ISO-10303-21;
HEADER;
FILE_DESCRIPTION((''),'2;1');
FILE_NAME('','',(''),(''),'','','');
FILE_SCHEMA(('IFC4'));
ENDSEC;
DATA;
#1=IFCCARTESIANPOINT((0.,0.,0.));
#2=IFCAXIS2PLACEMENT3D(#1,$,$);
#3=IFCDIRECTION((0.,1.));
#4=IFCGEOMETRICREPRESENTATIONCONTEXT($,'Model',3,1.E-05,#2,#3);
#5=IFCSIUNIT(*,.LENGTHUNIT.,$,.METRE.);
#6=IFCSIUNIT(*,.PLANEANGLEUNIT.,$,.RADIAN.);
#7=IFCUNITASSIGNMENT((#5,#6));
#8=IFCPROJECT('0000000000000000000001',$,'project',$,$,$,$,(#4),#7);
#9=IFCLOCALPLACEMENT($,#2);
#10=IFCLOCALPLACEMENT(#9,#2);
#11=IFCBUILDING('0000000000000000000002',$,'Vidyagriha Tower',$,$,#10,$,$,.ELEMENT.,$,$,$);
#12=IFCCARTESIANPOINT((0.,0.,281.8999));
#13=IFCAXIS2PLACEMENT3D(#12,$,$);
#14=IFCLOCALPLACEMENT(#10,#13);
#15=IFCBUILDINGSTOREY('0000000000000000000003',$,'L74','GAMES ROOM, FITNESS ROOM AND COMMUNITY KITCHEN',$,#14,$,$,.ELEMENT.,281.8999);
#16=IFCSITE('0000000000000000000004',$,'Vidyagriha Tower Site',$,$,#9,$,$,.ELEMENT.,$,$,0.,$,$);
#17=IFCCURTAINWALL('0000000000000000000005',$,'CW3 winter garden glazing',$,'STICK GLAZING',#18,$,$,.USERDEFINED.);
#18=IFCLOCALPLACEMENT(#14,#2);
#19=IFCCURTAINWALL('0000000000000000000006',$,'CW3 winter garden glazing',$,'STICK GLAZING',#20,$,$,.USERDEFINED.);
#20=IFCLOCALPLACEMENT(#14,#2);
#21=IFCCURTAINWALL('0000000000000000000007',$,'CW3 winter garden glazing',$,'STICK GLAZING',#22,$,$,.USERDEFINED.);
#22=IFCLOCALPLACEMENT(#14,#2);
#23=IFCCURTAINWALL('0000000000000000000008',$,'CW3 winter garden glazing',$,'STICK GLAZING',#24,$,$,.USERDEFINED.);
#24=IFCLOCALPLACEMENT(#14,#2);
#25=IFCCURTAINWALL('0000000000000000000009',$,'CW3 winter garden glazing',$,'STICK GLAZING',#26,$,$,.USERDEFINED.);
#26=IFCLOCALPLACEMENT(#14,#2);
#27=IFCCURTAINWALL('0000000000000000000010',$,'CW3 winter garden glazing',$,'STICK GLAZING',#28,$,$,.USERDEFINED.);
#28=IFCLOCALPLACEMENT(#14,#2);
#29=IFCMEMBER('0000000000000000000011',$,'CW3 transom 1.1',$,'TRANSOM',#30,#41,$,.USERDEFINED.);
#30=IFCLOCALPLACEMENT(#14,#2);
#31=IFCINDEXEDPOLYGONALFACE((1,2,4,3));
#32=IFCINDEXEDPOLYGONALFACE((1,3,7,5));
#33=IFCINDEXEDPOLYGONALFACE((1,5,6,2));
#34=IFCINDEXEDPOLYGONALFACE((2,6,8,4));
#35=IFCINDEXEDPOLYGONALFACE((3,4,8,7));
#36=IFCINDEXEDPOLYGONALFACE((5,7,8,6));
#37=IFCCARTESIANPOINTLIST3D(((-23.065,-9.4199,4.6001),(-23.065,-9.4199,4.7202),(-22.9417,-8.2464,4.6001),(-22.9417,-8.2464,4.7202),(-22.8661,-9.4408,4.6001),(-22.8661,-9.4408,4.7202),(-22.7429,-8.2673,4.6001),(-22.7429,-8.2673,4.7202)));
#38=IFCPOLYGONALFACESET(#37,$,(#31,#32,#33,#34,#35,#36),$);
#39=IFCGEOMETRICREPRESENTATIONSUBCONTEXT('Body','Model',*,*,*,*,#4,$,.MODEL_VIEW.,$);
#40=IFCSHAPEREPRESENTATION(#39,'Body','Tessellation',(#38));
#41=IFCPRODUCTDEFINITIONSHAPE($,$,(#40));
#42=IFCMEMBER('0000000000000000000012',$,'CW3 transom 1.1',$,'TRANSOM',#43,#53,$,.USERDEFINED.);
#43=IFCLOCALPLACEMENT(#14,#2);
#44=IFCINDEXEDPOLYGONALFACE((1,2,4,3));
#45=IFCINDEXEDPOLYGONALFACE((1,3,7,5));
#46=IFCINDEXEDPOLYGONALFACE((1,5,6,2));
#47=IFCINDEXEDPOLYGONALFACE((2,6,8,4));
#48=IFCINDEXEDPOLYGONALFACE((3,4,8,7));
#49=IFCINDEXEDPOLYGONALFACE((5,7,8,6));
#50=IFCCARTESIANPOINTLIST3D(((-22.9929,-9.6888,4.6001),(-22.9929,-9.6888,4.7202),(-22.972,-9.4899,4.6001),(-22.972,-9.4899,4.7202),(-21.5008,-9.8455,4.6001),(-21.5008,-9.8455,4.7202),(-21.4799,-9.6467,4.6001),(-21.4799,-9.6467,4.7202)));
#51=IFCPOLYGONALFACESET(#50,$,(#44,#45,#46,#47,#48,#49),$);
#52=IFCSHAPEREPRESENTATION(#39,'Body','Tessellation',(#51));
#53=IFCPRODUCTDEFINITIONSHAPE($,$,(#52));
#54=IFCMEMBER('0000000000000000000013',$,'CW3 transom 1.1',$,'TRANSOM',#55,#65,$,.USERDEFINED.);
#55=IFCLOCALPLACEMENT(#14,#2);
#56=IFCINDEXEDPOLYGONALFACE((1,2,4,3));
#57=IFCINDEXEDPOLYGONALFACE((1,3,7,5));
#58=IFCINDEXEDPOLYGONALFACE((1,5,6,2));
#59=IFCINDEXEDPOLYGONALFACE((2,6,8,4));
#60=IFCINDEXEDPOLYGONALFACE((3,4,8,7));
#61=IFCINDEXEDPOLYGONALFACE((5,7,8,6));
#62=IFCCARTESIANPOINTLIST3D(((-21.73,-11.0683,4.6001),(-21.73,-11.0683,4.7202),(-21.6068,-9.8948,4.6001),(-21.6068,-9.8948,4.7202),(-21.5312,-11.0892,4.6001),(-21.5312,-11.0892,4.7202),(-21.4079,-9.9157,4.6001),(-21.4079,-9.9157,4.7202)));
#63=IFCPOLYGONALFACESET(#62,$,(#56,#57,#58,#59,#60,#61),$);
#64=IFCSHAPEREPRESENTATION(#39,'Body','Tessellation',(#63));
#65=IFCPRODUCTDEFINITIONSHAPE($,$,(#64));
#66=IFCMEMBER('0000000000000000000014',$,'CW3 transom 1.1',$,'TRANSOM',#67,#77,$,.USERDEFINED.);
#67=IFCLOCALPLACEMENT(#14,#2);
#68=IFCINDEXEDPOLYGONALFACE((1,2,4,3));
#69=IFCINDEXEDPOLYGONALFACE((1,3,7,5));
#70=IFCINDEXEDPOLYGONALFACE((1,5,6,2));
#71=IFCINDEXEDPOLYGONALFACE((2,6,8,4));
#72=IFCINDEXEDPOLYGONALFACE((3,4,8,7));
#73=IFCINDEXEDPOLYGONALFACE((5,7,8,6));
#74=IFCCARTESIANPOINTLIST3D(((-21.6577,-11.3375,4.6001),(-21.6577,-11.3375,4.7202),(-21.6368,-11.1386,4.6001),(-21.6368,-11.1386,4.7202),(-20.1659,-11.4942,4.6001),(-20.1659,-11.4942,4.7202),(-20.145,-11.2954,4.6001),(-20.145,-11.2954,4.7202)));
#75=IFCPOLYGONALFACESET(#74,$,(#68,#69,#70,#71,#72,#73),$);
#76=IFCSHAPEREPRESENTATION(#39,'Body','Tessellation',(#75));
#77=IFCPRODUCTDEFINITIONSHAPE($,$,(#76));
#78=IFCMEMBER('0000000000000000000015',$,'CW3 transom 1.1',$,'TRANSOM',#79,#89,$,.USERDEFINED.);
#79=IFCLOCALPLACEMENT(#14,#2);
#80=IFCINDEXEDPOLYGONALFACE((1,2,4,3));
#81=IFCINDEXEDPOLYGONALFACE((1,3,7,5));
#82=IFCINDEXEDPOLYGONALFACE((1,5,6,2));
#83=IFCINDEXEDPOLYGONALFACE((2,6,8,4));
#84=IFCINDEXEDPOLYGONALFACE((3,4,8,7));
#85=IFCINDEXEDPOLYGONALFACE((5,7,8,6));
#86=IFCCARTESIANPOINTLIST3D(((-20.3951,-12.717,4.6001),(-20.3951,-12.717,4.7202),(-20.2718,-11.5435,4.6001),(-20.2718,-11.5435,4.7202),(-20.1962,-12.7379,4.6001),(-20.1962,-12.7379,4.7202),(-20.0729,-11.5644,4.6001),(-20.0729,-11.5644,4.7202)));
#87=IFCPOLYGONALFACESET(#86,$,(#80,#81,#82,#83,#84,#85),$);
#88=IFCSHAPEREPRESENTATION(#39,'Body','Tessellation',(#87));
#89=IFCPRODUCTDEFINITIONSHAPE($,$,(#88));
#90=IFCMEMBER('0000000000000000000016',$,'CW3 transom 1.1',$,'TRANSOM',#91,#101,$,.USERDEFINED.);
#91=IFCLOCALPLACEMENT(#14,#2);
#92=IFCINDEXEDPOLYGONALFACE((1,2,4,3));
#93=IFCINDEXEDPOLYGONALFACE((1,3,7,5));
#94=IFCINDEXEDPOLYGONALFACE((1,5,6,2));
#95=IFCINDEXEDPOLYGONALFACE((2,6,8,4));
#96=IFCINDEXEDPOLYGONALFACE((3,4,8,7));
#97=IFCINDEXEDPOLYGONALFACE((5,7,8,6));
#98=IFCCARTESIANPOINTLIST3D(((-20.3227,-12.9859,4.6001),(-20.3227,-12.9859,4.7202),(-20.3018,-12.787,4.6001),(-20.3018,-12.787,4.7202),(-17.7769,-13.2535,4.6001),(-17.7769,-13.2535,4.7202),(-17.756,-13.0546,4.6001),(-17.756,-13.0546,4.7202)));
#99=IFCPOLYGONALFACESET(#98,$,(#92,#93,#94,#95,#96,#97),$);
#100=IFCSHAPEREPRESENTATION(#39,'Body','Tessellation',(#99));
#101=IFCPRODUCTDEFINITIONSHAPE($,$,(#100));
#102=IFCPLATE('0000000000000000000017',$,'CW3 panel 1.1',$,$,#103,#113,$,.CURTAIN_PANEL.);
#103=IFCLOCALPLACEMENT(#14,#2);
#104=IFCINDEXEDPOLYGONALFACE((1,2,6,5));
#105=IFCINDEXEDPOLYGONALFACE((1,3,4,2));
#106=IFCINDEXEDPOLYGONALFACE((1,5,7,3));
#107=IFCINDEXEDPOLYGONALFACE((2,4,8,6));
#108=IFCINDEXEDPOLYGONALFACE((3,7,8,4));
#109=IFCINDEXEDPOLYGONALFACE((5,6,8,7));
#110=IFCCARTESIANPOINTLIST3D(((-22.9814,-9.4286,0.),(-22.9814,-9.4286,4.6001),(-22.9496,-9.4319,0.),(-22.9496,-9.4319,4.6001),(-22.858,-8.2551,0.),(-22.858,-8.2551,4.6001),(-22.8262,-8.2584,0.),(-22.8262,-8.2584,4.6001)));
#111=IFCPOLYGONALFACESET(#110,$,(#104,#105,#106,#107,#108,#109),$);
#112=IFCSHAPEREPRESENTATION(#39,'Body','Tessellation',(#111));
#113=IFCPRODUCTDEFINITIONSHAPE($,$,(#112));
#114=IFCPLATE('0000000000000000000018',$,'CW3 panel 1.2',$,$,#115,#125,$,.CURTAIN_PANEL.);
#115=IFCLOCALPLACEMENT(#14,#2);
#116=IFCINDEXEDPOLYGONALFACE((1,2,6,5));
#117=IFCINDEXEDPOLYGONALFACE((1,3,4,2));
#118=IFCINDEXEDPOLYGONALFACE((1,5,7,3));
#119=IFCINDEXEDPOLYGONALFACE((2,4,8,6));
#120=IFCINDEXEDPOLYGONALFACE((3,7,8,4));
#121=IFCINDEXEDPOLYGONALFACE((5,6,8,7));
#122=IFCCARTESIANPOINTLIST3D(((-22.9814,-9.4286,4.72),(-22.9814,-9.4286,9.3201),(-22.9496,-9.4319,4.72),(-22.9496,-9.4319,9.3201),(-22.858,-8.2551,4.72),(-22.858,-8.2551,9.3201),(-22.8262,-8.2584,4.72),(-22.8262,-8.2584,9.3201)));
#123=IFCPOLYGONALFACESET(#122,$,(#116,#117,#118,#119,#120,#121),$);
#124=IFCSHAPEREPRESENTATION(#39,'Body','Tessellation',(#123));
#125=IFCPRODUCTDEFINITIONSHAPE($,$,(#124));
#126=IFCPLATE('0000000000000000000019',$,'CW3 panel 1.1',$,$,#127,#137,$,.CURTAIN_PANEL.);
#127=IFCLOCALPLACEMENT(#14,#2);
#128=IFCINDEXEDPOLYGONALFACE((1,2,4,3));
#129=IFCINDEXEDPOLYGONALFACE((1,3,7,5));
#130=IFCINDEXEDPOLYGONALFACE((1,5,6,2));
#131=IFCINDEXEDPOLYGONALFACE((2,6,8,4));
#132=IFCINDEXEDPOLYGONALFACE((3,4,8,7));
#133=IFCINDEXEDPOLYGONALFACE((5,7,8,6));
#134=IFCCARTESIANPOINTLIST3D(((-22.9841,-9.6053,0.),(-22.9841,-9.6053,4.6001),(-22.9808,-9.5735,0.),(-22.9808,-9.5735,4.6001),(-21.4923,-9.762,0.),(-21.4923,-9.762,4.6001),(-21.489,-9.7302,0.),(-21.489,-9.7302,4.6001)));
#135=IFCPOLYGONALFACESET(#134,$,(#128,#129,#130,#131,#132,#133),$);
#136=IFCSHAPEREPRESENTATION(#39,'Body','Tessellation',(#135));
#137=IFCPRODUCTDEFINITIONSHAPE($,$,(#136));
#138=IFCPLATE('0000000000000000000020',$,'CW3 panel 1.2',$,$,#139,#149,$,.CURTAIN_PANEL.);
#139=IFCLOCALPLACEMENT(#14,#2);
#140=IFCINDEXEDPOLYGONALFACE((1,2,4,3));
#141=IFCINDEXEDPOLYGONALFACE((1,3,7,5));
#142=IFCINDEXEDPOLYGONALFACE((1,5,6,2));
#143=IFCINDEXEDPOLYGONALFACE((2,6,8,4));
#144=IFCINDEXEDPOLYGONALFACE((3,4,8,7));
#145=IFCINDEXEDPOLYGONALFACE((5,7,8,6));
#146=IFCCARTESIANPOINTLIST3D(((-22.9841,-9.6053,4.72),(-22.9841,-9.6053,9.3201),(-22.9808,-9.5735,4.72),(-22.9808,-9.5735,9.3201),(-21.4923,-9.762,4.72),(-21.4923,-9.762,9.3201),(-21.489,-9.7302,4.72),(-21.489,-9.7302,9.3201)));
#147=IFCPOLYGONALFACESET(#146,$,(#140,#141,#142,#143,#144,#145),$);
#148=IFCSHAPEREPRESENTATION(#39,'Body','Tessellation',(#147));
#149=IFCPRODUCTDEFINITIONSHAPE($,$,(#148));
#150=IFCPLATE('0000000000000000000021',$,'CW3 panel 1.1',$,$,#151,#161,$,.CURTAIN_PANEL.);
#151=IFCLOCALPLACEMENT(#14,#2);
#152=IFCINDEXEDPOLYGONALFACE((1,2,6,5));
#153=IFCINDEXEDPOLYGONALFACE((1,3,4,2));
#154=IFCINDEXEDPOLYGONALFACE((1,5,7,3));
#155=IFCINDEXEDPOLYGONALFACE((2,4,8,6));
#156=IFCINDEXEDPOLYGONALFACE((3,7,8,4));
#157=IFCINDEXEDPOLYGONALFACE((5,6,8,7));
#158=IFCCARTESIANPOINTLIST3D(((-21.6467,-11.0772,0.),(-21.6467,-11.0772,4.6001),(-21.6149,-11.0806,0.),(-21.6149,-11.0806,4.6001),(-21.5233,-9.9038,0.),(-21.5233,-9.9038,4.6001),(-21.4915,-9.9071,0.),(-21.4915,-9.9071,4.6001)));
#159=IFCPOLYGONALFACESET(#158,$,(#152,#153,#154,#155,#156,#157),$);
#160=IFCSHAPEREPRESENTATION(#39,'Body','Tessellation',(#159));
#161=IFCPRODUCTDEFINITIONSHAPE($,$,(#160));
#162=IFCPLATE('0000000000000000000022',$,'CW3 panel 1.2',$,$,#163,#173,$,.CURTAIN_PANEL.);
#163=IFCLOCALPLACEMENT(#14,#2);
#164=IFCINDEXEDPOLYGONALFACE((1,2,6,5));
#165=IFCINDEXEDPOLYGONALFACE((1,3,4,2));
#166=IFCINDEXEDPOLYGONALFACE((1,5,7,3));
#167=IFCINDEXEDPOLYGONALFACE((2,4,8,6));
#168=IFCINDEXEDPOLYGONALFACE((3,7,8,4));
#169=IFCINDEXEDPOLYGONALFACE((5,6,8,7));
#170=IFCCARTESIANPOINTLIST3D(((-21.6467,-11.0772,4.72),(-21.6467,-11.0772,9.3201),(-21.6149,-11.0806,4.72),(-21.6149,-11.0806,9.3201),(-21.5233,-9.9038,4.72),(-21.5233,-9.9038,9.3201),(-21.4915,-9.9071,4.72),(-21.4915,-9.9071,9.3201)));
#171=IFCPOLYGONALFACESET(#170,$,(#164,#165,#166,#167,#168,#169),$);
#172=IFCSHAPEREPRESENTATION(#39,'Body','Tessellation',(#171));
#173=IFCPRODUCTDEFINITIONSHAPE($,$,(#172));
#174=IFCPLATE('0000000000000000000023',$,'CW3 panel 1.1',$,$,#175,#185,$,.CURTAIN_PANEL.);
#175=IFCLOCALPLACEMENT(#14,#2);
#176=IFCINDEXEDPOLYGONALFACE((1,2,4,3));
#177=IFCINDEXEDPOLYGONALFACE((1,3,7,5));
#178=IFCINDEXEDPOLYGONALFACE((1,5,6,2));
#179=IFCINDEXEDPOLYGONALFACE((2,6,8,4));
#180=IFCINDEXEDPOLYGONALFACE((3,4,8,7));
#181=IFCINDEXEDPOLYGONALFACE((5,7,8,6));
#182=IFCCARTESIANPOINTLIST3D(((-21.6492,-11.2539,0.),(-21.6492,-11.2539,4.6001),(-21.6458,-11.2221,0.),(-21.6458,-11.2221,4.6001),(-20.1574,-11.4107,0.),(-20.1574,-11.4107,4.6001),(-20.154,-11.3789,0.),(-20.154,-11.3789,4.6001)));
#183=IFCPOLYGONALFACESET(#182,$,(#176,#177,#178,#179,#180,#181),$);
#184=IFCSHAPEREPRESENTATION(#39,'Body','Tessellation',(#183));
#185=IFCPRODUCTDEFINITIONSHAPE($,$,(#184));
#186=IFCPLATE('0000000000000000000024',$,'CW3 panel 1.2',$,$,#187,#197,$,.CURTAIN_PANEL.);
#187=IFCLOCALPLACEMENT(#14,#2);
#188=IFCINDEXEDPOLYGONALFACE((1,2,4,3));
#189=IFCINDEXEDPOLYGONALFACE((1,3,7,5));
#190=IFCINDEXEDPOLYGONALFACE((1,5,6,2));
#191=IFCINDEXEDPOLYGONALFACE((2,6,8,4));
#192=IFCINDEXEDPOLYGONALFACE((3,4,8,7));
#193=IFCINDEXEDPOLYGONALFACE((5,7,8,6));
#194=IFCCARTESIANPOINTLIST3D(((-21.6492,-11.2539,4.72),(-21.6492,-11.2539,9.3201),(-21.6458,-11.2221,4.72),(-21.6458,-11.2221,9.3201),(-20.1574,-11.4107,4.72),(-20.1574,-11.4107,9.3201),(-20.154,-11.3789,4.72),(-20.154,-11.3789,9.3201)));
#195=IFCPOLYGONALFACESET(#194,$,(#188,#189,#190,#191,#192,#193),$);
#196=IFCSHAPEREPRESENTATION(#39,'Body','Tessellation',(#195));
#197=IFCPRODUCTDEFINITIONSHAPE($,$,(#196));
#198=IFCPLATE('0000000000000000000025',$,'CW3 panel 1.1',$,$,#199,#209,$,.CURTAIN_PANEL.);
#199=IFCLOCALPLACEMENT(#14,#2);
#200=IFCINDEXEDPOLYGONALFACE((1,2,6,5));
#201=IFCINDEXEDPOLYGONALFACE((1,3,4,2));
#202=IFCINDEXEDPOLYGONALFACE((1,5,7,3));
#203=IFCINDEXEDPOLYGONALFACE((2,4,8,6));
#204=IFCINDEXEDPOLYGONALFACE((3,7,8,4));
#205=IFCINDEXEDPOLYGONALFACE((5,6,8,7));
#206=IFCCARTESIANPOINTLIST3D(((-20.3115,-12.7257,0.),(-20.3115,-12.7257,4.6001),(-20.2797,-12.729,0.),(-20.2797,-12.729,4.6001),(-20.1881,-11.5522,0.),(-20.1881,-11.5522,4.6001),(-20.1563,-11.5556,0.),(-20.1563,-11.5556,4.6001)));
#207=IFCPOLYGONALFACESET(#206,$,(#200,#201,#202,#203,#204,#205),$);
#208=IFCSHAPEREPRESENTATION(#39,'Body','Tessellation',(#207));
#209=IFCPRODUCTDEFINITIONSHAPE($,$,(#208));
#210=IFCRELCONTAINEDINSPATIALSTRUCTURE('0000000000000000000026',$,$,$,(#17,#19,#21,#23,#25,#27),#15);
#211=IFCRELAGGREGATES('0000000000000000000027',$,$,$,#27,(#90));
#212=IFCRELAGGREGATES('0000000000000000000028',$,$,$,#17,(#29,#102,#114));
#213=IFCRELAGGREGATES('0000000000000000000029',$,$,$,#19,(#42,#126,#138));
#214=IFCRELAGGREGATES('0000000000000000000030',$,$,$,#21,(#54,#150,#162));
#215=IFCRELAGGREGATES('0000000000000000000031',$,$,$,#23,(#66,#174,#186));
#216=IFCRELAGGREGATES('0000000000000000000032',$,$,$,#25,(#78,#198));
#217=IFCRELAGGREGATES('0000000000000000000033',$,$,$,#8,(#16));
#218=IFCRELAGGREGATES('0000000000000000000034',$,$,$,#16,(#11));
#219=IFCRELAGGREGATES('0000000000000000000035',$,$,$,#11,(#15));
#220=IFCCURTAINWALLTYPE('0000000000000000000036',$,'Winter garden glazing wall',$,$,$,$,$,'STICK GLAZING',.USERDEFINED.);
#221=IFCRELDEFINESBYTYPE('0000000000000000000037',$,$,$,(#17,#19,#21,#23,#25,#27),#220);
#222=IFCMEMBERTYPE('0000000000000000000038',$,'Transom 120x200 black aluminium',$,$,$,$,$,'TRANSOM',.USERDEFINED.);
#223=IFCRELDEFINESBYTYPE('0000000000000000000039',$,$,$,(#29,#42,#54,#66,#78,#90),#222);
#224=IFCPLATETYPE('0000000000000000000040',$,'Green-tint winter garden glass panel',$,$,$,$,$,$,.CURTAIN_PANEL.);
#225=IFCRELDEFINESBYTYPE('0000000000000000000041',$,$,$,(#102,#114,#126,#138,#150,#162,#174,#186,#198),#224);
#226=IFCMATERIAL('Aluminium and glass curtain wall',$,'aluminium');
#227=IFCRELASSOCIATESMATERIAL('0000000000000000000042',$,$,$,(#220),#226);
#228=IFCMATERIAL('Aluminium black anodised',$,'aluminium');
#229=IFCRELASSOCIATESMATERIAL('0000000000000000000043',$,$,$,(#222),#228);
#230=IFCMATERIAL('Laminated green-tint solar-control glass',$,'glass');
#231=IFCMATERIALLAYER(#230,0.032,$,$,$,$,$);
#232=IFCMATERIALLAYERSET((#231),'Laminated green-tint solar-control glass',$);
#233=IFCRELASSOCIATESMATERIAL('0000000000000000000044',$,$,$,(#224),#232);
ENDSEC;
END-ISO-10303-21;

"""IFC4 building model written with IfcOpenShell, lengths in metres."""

from ifc_helpers import new_model, si_unit, direction, frame, origin, origin_2d, place, context, subcontext, project, spatial, rectangle, extrude, material, layer, layer_set, material_profile, profile_set, type_object, element, aggregate, save


model = new_model("IFC4")

# Units and contexts
model_context = context("Model", 3, precision=1e-05, world=origin(), true_north=direction((0.0, 1.0)))
body_context = subcontext(model_context, "Body", "Model", "MODEL_VIEW")
ifc_project = project(units=[si_unit("LENGTHUNIT", "METRE"), si_unit("PLANEANGLEUNIT", "RADIAN")], contexts=[model_context])

# Site, building, storey
site_placement = place(None, origin())
site = spatial("IfcSite", under=ifc_project, at=site_placement, Name="Vidyagriha Tower Site", CompositionType="ELEMENT", RefElevation=0.0)
building_placement = place(site_placement, origin())
building = spatial("IfcBuilding", under=site, at=building_placement, Name="Vidyagriha Tower", CompositionType="ELEMENT")
storey_placement = place(building_placement, frame((0.0, 0.0, 281.8999)))
storey = spatial("IfcBuildingStorey", under=building, at=storey_placement, Name="L74", Description="GAMES ROOM, FITNESS ROOM AND COMMUNITY KITCHEN", CompositionType="ELEMENT", Elevation=281.8999)

# Shared definitions
ifc_material_1 = material(Name="Aluminium and glass curtain wall", Category="aluminium")
curtain_wall_type = type_object("IfcCurtainWallType", Name="Winter garden glazing wall", ElementType="STICK GLAZING", PredefinedType="USERDEFINED", material=ifc_material_1)

# Curtain walls
curtain_wall_1_placement = place(storey_placement, origin())
curtain_wall_1 = element("IfcCurtainWall", 1, at=curtain_wall_1_placement, inside=storey, type_object=curtain_wall_type, Name="CW3 winter garden glazing", ObjectType="STICK GLAZING", PredefinedType="USERDEFINED")
curtain_wall_2_placement = place(storey_placement, origin())
curtain_wall_2 = element("IfcCurtainWall", 2, at=curtain_wall_2_placement, inside=storey, type_object=curtain_wall_type, Name="CW3 winter garden glazing", ObjectType="STICK GLAZING", PredefinedType="USERDEFINED")
curtain_wall_3_placement = place(storey_placement, origin())
curtain_wall_3 = element("IfcCurtainWall", 3, at=curtain_wall_3_placement, inside=storey, type_object=curtain_wall_type, Name="CW3 winter garden glazing", ObjectType="STICK GLAZING", PredefinedType="USERDEFINED")

# Curtain walls
curtain_wall_4_placement = place(storey_placement, origin())
curtain_wall_4 = element("IfcCurtainWall", 4, at=curtain_wall_4_placement, inside=storey, type_object=curtain_wall_type, Name="CW3 winter garden glazing", ObjectType="STICK GLAZING", PredefinedType="USERDEFINED")
curtain_wall_5_placement = place(storey_placement, origin())
curtain_wall_5 = element("IfcCurtainWall", 5, at=curtain_wall_5_placement, inside=storey, type_object=curtain_wall_type, Name="CW3 winter garden glazing", ObjectType="STICK GLAZING", PredefinedType="USERDEFINED")
curtain_wall_6_placement = place(storey_placement, origin())
curtain_wall_6 = element("IfcCurtainWall", 6, at=curtain_wall_6_placement, inside=storey, type_object=curtain_wall_type, Name="CW3 winter garden glazing", ObjectType="STICK GLAZING", PredefinedType="USERDEFINED")

# Members
ifc_material_2 = material(Name="Aluminium black anodised", Category="aluminium")
ifc_material_profile_1 = material_profile(ifc_material_2, rectangle(XDim=0.2, YDim=0.1201, at=origin_2d()), Name="Transom 120x200 black aluminium")
ifc_profile_set_1 = profile_set([ifc_material_profile_1], Name="Aluminium black anodised")
member_type_1 = type_object("IfcMemberType", Name="Transom 120x200 black aluminium", ElementType="TRANSOM", PredefinedType="USERDEFINED", material=ifc_profile_set_1)
member_1_placement = place(storey_placement, frame((-22.8423, -8.2568, 4.6602), z_axis=(-0.10448, -0.994527, 0.0), x_axis=(0.994527, -0.10448, 0.0)))
member_1 = element("IfcMember", 7, at=member_1_placement, type_object=member_type_1, Name="CW3 transom 1.1", ObjectType="TRANSOM", PredefinedType="USERDEFINED", context=body_context, shape_type="SweptSolid", body=[
    extrude(rectangle(XDim=0.2, YDim=0.1201, at=origin_2d()), origin(), (0.0, 0.0, 1.0), 1.1799),
])
member_2_placement = place(storey_placement, frame((-22.9824, -9.5894, 4.6602), z_axis=(0.994527, -0.104481, 0.0), x_axis=(0.104481, 0.994527, 0.0)))
member_2 = element("IfcMember", 8, at=member_2_placement, type_object=member_type_1, Name="CW3 transom 1.1", ObjectType="TRANSOM", PredefinedType="USERDEFINED", context=body_context, shape_type="SweptSolid", body=[
    extrude(rectangle(XDim=0.2, YDim=0.1201, at=origin_2d()), origin(), (0.0, 0.0, 1.0), 1.5002),
])
member_3_placement = place(storey_placement, frame((-21.5073, -9.9053, 4.6602), z_axis=(-0.10448, -0.994527, 0.0), x_axis=(0.994527, -0.10448, 0.0)))
member_3 = element("IfcMember", 9, at=member_3_placement, type_object=member_type_1, Name="CW3 transom 1.1", ObjectType="TRANSOM", PredefinedType="USERDEFINED", context=body_context, shape_type="SweptSolid", body=[
    extrude(rectangle(XDim=0.2, YDim=0.1201, at=origin_2d()), origin(), (0.0, 0.0, 1.0), 1.1799),
])
member_4_placement = place(storey_placement, frame((-21.6472, -11.238, 4.6602), z_axis=(0.994525, -0.104498, 0.0), x_axis=(0.104498, 0.994525, 0.0)))
member_4 = element("IfcMember", 10, at=member_4_placement, type_object=member_type_1, Name="CW3 transom 1.1", ObjectType="TRANSOM", PredefinedType="USERDEFINED", context=body_context, shape_type="SweptSolid", body=[
    extrude(rectangle(XDim=0.2, YDim=0.1201, at=origin_2d()), origin(), (0.0, 0.0, 1.0), 1.5),
])
member_5_placement = place(storey_placement, frame((-20.1724, -11.554, 4.6602), z_axis=(-0.10448, -0.994527, 0.0), x_axis=(0.994527, -0.10448, 0.0)))
member_5 = element("IfcMember", 11, at=member_5_placement, type_object=member_type_1, Name="CW3 transom 1.1", ObjectType="TRANSOM", PredefinedType="USERDEFINED", context=body_context, shape_type="SweptSolid", body=[
    extrude(rectangle(XDim=0.2, YDim=0.1201, at=origin_2d()), origin(), (0.0, 0.0, 1.0), 1.1799),
])
member_6_placement = place(storey_placement, frame((-20.3123, -12.8865, 4.6602), z_axis=(0.994522, -0.104526, 0.0), x_axis=(0.104526, 0.994522, 0.0)))
member_6 = element("IfcMember", 12, at=member_6_placement, type_object=member_type_1, Name="CW3 transom 1.1", ObjectType="TRANSOM", PredefinedType="USERDEFINED", context=body_context, shape_type="SweptSolid", body=[
    extrude(rectangle(XDim=0.2, YDim=0.1201, at=origin_2d()), origin(), (0.0, 0.0, 1.0), 2.5598),
])
aggregate(curtain_wall_6, [member_6])

# Plates
ifc_material_3 = material(Name="Laminated green-tint solar-control glass", Category="glass")
ifc_layer = layer(ifc_material_3, 0.032)
ifc_layer_set = layer_set([ifc_layer], Name="Laminated green-tint solar-control glass")
plate_type = type_object("IfcPlateType", Name="Green-tint winter garden glass panel", PredefinedType="CURTAIN_PANEL", material=ifc_layer_set)
plate_1_placement = place(storey_placement, frame((-22.9038, -8.8435, 0.0), z_axis=(0.0, 0.0, 1.0), x_axis=(-0.104557, -0.994519, 0.0)))
plate_1 = element("IfcPlate", 13, at=plate_1_placement, type_object=plate_type, Name="CW3 panel 1.1", PredefinedType="CURTAIN_PANEL", context=body_context, shape_type="SweptSolid", body=[
    extrude(rectangle(XDim=1.1799, YDim=0.032, at=origin_2d()), origin(), (0.0, 0.0, 1.0), 4.6001),
])
plate_2_placement = place(storey_placement, frame((-22.9038, -8.8435, 4.72), z_axis=(0.0, 0.0, 1.0), x_axis=(-0.104557, -0.994519, 0.0)))
plate_2 = element("IfcPlate", 14, at=plate_2_placement, type_object=plate_type, Name="CW3 panel 1.2", PredefinedType="CURTAIN_PANEL", context=body_context, shape_type="SweptSolid", body=[
    extrude(rectangle(XDim=1.1799, YDim=0.032, at=origin_2d()), origin(), (0.0, 0.0, 1.0), 4.6001),
])
aggregate(curtain_wall_1, [member_1, plate_1, plate_2])
plate_3_placement = place(storey_placement, frame((-22.2366, -9.6677, 0.0), z_axis=(0.0, 0.0, 1.0), x_axis=(0.994529, -0.104459, 0.0)))
plate_3 = element("IfcPlate", 15, at=plate_3_placement, type_object=plate_type, Name="CW3 panel 1.1", PredefinedType="CURTAIN_PANEL", context=body_context, shape_type="SweptSolid", body=[
    extrude(rectangle(XDim=1.5, YDim=0.032, at=origin_2d()), origin(), (0.0, 0.0, 1.0), 4.6001),
])
plate_4_placement = place(storey_placement, frame((-22.2366, -9.6677, 4.72), z_axis=(0.0, 0.0, 1.0), x_axis=(0.994529, -0.104459, 0.0)))
plate_4 = element("IfcPlate", 16, at=plate_4_placement, type_object=plate_type, Name="CW3 panel 1.2", PredefinedType="CURTAIN_PANEL", context=body_context, shape_type="SweptSolid", body=[
    extrude(rectangle(XDim=1.5, YDim=0.032, at=origin_2d()), origin(), (0.0, 0.0, 1.0), 4.6001),
])
aggregate(curtain_wall_2, [member_2, plate_3, plate_4])
plate_5_placement = place(storey_placement, frame((-21.5691, -10.4922, 0.0), z_axis=(0.0, 0.0, 1.0), x_axis=(-0.104549, -0.99452, 0.0)))
plate_5 = element("IfcPlate", 17, at=plate_5_placement, type_object=plate_type, Name="CW3 panel 1.1", PredefinedType="CURTAIN_PANEL", context=body_context, shape_type="SweptSolid", body=[
    extrude(rectangle(XDim=1.1799, YDim=0.032, at=origin_2d()), origin(), (0.0, 0.0, 1.0), 4.6001),
])
plate_6_placement = place(storey_placement, frame((-21.5691, -10.4922, 4.72), z_axis=(0.0, 0.0, 1.0), x_axis=(-0.104549, -0.99452, 0.0)))
plate_6 = element("IfcPlate", 18, at=plate_6_placement, type_object=plate_type, Name="CW3 panel 1.2", PredefinedType="CURTAIN_PANEL", context=body_context, shape_type="SweptSolid", body=[
    extrude(rectangle(XDim=1.1799, YDim=0.032, at=origin_2d()), origin(), (0.0, 0.0, 1.0), 4.6001),
])
aggregate(curtain_wall_3, [member_3, plate_5, plate_6])
plate_7_placement = place(storey_placement, frame((-20.9016, -11.3164, 0.0), z_axis=(0.0, 0.0, 1.0), x_axis=(0.994523, -0.104519, 0.0)))
plate_7 = element("IfcPlate", 19, at=plate_7_placement, type_object=plate_type, Name="CW3 panel 1.1", PredefinedType="CURTAIN_PANEL", context=body_context, shape_type="SweptSolid", body=[
    extrude(rectangle(XDim=1.5, YDim=0.032, at=origin_2d()), origin(), (0.0, 0.0, 1.0), 4.6001),
])
plate_8_placement = place(storey_placement, frame((-20.9016, -11.3164, 4.72), z_axis=(0.0, 0.0, 1.0), x_axis=(0.994523, -0.104519, 0.0)))
plate_8 = element("IfcPlate", 20, at=plate_8_placement, type_object=plate_type, Name="CW3 panel 1.2", PredefinedType="CURTAIN_PANEL", context=body_context, shape_type="SweptSolid", body=[
    extrude(rectangle(XDim=1.5, YDim=0.032, at=origin_2d()), origin(), (0.0, 0.0, 1.0), 4.6001),
])
aggregate(curtain_wall_4, [member_4, plate_7, plate_8])
plate_9_placement = place(storey_placement, frame((-20.2339, -12.1406, 0.0), z_axis=(0.0, 0.0, 1.0), x_axis=(-0.104557, -0.994519, 0.0)))
plate_9 = element("IfcPlate", 21, at=plate_9_placement, type_object=plate_type, Name="CW3 panel 1.1", PredefinedType="CURTAIN_PANEL", context=body_context, shape_type="SweptSolid", body=[
    extrude(rectangle(XDim=1.1799, YDim=0.032, at=origin_2d()), origin(), (0.0, 0.0, 1.0), 4.6001),
])
aggregate(curtain_wall_5, [member_5, plate_9])

save(model, "model.ifc")
